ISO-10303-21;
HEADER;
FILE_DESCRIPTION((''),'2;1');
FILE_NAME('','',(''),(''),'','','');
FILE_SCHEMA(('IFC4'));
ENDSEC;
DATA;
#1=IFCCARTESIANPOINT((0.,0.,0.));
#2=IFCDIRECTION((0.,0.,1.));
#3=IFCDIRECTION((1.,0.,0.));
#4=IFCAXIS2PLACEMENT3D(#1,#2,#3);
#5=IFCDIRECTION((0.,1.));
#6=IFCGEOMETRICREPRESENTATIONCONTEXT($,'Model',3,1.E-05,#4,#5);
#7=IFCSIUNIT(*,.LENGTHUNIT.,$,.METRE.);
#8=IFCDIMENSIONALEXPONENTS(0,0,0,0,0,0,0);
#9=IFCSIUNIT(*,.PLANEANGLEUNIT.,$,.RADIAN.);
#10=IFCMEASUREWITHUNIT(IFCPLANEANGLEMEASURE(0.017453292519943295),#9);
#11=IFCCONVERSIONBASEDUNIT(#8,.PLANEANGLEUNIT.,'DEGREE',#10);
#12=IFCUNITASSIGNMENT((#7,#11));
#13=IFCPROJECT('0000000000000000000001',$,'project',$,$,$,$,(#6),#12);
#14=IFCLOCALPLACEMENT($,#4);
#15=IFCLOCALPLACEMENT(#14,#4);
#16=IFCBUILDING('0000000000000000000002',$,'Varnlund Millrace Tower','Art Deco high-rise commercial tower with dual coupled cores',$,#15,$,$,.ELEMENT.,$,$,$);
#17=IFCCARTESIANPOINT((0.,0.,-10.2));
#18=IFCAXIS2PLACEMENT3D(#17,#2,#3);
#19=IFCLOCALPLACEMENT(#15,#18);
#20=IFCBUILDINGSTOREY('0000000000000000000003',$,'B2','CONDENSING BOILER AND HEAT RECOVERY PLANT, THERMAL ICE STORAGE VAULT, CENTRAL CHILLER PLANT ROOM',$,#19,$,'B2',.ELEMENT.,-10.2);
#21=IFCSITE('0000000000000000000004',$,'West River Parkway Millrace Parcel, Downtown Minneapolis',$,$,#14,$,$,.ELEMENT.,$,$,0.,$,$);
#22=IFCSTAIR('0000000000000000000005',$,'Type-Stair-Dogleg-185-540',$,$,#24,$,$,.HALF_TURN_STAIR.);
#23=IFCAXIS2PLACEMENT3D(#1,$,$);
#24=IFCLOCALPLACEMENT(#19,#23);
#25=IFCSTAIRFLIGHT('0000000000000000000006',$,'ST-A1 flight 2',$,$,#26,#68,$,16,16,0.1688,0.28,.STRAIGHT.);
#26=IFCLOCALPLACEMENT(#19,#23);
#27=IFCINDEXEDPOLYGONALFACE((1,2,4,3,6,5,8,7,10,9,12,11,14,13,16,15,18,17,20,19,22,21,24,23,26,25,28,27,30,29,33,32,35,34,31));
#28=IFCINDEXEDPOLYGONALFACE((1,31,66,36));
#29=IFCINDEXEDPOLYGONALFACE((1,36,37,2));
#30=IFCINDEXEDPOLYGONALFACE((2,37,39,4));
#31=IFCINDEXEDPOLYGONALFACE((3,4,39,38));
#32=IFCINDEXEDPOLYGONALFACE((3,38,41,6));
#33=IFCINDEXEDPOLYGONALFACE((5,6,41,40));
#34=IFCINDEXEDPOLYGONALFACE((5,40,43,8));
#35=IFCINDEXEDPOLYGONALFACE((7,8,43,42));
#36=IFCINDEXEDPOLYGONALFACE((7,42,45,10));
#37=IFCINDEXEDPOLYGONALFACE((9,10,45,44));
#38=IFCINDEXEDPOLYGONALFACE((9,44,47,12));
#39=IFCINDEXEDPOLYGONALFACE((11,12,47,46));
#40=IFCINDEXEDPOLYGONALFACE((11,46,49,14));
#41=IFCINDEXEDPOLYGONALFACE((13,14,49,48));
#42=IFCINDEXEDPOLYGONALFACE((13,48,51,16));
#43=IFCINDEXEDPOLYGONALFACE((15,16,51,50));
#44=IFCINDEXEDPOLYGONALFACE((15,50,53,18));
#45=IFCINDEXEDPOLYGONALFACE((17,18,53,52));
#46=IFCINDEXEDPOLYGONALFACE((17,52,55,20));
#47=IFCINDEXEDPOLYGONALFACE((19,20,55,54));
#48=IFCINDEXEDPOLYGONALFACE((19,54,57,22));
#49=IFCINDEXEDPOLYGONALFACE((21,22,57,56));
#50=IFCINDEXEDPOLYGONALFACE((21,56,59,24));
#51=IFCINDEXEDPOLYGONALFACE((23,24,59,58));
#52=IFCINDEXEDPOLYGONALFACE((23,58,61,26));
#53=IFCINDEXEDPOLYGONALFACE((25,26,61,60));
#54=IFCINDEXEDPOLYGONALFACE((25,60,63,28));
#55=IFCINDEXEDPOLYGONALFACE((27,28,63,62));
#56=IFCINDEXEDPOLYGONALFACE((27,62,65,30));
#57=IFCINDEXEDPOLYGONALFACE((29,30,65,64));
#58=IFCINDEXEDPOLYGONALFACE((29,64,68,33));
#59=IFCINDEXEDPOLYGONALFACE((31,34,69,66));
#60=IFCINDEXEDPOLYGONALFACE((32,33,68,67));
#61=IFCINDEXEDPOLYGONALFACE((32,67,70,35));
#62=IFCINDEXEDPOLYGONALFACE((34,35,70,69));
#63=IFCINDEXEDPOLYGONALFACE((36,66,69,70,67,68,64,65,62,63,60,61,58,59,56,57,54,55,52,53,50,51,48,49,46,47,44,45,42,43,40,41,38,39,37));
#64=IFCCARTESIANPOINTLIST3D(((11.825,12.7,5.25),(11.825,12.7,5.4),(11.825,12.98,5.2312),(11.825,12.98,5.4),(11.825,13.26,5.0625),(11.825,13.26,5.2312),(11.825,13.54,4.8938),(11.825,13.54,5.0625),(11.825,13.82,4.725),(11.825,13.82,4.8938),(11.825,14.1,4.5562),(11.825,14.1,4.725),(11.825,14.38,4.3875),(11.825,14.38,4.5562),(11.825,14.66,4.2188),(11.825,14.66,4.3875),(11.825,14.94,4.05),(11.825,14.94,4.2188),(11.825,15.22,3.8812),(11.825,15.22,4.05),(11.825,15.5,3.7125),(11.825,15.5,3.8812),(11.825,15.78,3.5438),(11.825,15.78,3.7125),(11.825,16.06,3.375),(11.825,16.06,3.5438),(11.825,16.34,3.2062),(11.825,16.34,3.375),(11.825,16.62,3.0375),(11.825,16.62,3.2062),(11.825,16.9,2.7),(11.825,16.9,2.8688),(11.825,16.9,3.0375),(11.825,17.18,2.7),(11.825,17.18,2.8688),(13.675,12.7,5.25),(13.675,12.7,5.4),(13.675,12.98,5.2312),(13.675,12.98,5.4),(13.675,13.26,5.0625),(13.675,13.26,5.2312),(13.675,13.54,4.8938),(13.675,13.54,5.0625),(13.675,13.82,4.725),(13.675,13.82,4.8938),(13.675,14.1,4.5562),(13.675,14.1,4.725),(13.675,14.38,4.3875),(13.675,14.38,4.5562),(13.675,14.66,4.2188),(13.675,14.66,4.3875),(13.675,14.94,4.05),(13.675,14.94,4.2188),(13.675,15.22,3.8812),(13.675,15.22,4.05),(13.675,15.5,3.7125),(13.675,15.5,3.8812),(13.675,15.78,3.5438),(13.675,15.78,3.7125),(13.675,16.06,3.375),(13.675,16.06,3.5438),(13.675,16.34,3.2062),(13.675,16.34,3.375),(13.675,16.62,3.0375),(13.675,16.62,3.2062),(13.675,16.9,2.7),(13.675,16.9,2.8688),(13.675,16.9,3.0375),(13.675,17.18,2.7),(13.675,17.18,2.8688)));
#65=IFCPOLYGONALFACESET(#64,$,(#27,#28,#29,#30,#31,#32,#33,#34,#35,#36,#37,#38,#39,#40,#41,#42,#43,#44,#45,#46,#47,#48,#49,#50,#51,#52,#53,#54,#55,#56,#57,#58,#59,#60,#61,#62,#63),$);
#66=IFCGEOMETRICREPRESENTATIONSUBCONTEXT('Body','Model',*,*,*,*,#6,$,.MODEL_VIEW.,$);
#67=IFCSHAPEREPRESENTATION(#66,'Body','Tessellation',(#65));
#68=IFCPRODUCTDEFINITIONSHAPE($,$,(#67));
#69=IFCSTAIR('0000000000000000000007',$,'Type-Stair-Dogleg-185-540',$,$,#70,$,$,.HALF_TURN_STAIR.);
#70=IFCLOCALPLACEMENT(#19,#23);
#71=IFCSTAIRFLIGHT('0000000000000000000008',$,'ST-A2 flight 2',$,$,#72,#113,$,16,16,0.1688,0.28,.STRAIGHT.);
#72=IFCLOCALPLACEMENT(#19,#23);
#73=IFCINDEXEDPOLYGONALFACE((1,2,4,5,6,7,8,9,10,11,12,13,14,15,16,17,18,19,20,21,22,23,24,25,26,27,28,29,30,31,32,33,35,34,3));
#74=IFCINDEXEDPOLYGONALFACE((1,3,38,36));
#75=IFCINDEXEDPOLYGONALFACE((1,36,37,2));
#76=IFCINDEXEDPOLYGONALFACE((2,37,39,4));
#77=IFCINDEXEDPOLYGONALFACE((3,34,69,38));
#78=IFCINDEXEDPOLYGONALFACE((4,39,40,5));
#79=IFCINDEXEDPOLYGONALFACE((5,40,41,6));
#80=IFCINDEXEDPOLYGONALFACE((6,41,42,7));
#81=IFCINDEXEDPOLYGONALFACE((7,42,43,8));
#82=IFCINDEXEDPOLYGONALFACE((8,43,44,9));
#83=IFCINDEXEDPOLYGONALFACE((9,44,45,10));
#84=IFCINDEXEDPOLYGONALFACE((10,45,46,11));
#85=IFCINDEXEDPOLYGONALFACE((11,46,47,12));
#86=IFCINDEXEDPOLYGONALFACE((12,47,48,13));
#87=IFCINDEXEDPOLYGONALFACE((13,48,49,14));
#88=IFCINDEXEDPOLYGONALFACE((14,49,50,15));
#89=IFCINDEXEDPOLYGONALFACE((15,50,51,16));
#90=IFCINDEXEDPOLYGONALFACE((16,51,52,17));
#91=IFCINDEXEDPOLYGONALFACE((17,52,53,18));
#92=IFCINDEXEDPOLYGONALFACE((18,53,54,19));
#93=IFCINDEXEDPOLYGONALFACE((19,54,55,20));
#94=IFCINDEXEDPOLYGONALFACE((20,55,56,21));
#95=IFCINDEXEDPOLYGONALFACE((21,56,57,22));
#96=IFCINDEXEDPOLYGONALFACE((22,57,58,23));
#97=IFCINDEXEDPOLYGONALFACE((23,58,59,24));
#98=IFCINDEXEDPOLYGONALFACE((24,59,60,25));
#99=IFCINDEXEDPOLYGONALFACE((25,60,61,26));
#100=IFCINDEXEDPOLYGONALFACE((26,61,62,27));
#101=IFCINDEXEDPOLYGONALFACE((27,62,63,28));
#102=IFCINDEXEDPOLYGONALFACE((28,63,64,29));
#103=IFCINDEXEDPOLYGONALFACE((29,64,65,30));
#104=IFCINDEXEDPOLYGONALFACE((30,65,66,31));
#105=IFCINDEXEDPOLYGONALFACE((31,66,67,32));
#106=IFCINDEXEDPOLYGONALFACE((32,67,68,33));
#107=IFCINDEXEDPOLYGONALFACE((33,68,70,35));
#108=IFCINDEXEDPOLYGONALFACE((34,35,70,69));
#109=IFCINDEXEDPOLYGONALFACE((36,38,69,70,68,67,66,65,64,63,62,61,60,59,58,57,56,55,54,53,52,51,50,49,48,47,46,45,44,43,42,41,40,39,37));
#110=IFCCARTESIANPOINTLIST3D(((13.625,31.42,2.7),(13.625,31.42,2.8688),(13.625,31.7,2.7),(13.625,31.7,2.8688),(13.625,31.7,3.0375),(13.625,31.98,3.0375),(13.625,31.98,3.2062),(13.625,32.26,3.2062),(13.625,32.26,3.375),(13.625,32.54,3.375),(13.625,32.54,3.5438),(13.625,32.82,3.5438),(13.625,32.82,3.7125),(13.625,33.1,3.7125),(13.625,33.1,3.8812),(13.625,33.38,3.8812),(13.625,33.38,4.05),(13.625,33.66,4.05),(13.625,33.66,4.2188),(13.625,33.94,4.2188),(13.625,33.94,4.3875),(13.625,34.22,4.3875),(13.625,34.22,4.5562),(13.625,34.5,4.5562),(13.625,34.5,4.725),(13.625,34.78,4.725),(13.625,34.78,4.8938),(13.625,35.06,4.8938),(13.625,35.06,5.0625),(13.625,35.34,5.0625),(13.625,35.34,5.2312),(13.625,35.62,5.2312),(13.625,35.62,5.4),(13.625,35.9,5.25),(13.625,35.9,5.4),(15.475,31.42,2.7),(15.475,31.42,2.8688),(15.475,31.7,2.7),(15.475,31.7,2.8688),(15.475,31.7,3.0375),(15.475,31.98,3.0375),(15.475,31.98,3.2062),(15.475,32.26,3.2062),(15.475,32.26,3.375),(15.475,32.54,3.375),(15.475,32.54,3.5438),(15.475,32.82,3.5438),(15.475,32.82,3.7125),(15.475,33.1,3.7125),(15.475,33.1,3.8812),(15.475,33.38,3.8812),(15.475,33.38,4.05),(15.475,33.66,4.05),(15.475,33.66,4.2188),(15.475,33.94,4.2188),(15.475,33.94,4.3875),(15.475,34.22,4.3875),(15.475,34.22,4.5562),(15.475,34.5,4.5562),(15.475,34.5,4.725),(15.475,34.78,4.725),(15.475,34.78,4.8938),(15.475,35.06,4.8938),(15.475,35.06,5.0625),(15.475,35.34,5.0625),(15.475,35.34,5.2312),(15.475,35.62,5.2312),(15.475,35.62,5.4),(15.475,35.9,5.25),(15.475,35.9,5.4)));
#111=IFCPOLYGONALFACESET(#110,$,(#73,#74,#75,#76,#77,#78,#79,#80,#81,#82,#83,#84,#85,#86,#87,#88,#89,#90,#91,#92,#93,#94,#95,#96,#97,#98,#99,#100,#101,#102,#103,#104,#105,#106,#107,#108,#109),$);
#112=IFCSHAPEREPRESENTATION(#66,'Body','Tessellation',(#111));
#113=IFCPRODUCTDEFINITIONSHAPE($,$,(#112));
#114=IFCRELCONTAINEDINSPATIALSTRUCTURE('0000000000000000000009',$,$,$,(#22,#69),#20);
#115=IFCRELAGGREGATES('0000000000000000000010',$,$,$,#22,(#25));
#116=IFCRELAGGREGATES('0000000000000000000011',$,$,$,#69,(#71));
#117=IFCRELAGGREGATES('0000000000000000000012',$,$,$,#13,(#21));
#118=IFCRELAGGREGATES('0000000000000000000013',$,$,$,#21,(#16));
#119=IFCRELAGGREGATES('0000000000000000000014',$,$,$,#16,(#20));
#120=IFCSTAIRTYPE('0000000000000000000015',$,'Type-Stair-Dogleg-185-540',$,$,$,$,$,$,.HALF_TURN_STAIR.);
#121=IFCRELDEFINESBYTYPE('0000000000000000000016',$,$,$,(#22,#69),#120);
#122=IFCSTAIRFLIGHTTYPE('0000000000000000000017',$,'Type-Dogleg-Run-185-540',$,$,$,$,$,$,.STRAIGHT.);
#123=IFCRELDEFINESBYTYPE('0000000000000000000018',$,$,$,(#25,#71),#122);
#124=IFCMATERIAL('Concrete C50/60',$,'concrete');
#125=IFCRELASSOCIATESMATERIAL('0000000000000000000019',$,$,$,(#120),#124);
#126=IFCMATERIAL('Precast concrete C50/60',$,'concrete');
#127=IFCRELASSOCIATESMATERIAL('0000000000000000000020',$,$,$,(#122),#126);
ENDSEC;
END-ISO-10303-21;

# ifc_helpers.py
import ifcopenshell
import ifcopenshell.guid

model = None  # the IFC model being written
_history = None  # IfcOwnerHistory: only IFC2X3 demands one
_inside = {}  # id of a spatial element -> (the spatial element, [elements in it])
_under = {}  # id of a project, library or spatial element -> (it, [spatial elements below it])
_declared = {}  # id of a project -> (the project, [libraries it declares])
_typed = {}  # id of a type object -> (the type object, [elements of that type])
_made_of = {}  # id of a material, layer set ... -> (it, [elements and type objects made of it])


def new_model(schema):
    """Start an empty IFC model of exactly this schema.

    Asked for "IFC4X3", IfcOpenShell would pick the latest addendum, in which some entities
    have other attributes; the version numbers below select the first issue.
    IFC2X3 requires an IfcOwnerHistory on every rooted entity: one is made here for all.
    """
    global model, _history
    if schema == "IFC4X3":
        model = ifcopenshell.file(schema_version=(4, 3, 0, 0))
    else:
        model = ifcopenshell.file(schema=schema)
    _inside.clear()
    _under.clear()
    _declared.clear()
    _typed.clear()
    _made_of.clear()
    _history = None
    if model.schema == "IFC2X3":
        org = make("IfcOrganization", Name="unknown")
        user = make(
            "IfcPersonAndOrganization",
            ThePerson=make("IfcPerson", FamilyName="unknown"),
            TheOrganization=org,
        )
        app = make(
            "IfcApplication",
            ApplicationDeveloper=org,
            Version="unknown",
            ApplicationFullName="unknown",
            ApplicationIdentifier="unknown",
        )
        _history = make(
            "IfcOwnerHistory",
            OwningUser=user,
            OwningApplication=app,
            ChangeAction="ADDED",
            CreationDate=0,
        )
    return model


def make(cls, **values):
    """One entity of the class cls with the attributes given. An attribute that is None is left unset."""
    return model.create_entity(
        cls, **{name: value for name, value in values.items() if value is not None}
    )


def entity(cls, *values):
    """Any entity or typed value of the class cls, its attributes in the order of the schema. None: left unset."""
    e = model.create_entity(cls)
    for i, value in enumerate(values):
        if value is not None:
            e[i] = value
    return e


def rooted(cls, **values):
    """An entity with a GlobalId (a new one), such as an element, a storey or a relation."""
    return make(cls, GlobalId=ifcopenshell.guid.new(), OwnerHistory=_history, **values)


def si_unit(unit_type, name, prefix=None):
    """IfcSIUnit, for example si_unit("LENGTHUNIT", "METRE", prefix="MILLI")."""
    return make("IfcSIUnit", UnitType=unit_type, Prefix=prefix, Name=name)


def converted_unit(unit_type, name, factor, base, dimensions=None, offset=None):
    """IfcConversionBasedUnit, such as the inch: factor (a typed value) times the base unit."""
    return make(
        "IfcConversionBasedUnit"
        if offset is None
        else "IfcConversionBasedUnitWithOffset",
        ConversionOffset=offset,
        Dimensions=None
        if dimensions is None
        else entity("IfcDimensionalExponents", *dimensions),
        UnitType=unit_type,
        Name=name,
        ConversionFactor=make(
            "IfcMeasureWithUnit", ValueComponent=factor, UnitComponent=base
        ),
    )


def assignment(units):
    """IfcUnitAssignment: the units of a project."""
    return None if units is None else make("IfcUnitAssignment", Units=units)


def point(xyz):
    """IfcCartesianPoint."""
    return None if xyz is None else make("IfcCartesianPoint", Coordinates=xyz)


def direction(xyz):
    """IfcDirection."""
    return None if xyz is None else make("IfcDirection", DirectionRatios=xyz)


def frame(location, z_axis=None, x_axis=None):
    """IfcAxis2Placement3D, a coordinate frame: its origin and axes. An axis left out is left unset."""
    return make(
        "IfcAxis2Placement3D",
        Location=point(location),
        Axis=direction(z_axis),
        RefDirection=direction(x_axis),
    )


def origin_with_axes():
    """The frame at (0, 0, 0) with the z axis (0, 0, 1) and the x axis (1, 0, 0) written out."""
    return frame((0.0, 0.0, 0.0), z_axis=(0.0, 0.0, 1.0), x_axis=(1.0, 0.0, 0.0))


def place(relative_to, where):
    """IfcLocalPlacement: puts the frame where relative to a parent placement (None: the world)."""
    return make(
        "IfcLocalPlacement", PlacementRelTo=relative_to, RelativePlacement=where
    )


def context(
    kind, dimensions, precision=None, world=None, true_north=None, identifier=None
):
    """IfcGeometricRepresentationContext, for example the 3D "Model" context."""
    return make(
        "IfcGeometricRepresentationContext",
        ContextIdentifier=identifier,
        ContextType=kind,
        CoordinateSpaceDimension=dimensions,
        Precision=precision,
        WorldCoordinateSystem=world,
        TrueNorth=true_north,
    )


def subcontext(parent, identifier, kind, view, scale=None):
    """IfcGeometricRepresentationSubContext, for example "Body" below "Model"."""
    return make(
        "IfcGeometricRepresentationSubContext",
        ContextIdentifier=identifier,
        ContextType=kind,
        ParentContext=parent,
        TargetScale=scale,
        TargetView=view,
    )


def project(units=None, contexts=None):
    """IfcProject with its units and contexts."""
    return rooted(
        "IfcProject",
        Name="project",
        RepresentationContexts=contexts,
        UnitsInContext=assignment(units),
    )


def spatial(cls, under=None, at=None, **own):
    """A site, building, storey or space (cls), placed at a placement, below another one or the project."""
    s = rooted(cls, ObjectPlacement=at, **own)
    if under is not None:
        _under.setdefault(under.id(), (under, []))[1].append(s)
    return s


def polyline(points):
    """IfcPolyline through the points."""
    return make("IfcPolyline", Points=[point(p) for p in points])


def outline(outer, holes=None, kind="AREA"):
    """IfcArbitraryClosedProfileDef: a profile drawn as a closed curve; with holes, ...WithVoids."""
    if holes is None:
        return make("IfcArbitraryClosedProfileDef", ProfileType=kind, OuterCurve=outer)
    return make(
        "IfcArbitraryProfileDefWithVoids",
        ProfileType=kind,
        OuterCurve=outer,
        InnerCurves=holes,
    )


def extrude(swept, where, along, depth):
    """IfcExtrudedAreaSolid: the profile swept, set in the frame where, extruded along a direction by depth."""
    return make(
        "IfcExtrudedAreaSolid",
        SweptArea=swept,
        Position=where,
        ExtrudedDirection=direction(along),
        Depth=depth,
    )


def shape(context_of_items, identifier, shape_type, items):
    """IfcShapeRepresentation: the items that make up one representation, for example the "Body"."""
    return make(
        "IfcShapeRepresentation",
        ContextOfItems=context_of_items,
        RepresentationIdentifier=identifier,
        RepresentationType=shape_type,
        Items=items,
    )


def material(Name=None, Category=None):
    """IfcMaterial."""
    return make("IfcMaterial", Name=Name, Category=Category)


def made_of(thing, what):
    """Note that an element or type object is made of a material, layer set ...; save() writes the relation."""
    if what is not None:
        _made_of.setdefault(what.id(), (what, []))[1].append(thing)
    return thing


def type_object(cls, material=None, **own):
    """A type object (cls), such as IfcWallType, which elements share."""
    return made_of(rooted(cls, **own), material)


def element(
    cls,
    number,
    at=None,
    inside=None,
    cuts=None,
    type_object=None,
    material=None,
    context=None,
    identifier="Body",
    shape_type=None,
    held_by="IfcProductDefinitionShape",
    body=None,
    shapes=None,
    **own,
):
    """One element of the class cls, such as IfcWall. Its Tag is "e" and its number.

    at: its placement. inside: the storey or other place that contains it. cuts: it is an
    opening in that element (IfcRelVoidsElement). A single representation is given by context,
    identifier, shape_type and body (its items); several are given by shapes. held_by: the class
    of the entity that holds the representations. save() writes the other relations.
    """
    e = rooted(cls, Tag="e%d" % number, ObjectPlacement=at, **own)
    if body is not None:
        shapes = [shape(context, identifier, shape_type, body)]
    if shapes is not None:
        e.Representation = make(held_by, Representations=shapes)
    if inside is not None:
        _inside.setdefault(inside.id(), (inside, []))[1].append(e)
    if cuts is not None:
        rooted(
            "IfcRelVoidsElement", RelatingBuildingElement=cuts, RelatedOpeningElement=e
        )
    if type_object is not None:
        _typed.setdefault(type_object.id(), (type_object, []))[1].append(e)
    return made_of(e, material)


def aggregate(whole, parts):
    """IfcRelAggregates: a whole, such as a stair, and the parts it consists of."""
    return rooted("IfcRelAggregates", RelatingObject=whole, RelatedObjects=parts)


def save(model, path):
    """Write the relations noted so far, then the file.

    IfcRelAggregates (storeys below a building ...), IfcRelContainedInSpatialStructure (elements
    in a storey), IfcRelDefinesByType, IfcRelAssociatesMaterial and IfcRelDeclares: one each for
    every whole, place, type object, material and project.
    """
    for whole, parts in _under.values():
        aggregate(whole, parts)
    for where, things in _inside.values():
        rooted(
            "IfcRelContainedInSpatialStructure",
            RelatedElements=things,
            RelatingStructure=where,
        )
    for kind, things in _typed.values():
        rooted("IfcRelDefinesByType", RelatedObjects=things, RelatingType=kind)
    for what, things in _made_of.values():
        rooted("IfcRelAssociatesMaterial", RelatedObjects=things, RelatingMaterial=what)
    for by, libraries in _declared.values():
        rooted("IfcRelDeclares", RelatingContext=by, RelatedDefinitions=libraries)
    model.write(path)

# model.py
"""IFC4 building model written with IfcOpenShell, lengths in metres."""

from ifc_helpers import new_model, entity, si_unit, converted_unit, direction, frame, origin_with_axes, place, context, subcontext, project, spatial, polyline, outline, extrude, material, type_object, element, aggregate, save


model = new_model("IFC4")

# Units and contexts
model_context = context("Model", 3, precision=1e-05, world=origin_with_axes(), true_north=direction((0.0, 1.0)))
body_context = subcontext(model_context, "Body", "Model", "MODEL_VIEW")
ifc_project = project(units=[si_unit("LENGTHUNIT", "METRE"), converted_unit("PLANEANGLEUNIT", "DEGREE", entity("IfcPlaneAngleMeasure", 0.017453292519943295), si_unit("PLANEANGLEUNIT", "RADIAN"), dimensions=[0, 0, 0, 0, 0, 0, 0])], contexts=[model_context])

# Site, building, storey
site_placement = place(None, origin_with_axes())
site = spatial("IfcSite", under=ifc_project, at=site_placement, Name="West River Parkway Millrace Parcel, Downtown Minneapolis", CompositionType="ELEMENT", RefElevation=0.0)
building_placement = place(site_placement, origin_with_axes())
building = spatial("IfcBuilding", under=site, at=building_placement, Name="Varnlund Millrace Tower", Description="Art Deco high-rise commercial tower with dual coupled cores", CompositionType="ELEMENT")
storey_placement = place(building_placement, frame((0.0, 0.0, -10.2), z_axis=(0.0, 0.0, 1.0), x_axis=(1.0, 0.0, 0.0)))
storey = spatial("IfcBuildingStorey", under=building, at=storey_placement, Name="B2", Description="CONDENSING BOILER AND HEAT RECOVERY PLANT, THERMAL ICE STORAGE VAULT, CENTRAL CHILLER PLANT ROOM", LongName="B2", CompositionType="ELEMENT", Elevation=-10.2)

# Stairs, stair flights
ifc_material_1 = material(Name="Concrete C50/60", Category="concrete")
stair_type = type_object("IfcStairType", Name="Type-Stair-Dogleg-185-540", PredefinedType="HALF_TURN_STAIR", material=ifc_material_1)
stair_1_placement = place(storey_placement, origin_with_axes())
stair_1 = element("IfcStair", 1, at=stair_1_placement, inside=storey, type_object=stair_type, Name="Type-Stair-Dogleg-185-540", PredefinedType="HALF_TURN_STAIR")
ifc_material_2 = material(Name="Precast concrete C50/60", Category="concrete")
stair_flight_type = type_object("IfcStairFlightType", Name="Type-Dogleg-Run-185-540", PredefinedType="STRAIGHT", material=ifc_material_2)
stair_flight_1_placement = place(storey_placement, frame((13.675, 17.18, 2.7), z_axis=(-1.0, 0.0, 0.0), x_axis=(0.0, -1.0, 0.0)))
stair_flight_1 = element("IfcStairFlight", 2, at=stair_flight_1_placement, type_object=stair_flight_type, Name="ST-A1 flight 2", NumberOfRisers=16, NumberOfTreads=16, PredefinedType="STRAIGHT", RiserHeight=0.1688, TreadLength=0.28, context=body_context, shape_type="SweptSolid", body=[
    extrude(outline(polyline([(0.0, 0.0), (0.0, 0.1688), (0.28, 0.1688), (0.28, 0.3375), (0.56, 0.3375), (0.56, 0.5062), (0.84, 0.5062), (0.84, 0.675), (1.12, 0.675), (1.12, 0.8438), (1.4, 0.8438), (1.4, 1.0125), (1.68, 1.0125), (1.68, 1.1812), (1.96, 1.1812), (1.96, 1.35), (2.24, 1.35), (2.24, 1.5188), (2.52, 1.5188), (2.52, 1.6875), (2.8, 1.6875), (2.8, 1.8562), (3.08, 1.8562), (3.08, 2.025), (3.36, 2.025), (3.36, 2.1938), (3.64, 2.1938), (3.64, 2.3625), (3.92, 2.3625), (3.92, 2.5312), (4.2, 2.5312), (4.2, 2.7), (4.48, 2.7), (4.48, 2.55), (0.28, 0.0), (0.0, 0.0)])), origin_with_axes(), (0.0, 0.0, 1.0), 1.85),
])
aggregate(stair_1, [stair_flight_1])
stair_2_placement = place(storey_placement, origin_with_axes())
stair_2 = element("IfcStair", 3, at=stair_2_placement, inside=storey, type_object=stair_type, Name="Type-Stair-Dogleg-185-540", PredefinedType="HALF_TURN_STAIR")
stair_flight_2_placement = place(storey_placement, frame((13.625, 31.42, 2.7), z_axis=(1.0, 0.0, 0.0), x_axis=(0.0, 1.0, 0.0)))
stair_flight_2 = element("IfcStairFlight", 4, at=stair_flight_2_placement, type_object=stair_flight_type, Name="ST-A2 flight 2", NumberOfRisers=16, NumberOfTreads=16, PredefinedType="STRAIGHT", RiserHeight=0.1688, TreadLength=0.28, context=body_context, shape_type="SweptSolid", body=[
    extrude(outline(polyline([(0.0, 0.0), (0.0, 0.1688), (0.28, 0.1688), (0.28, 0.3375), (0.56, 0.3375), (0.56, 0.5062), (0.84, 0.5062), (0.84, 0.675), (1.12, 0.675), (1.12, 0.8438), (1.4, 0.8438), (1.4, 1.0125), (1.68, 1.0125), (1.68, 1.1812), (1.96, 1.1812), (1.96, 1.35), (2.24, 1.35), (2.24, 1.5188), (2.52, 1.5188), (2.52, 1.6875), (2.8, 1.6875), (2.8, 1.8562), (3.08, 1.8562), (3.08, 2.025), (3.36, 2.025), (3.36, 2.1938), (3.64, 2.1938), (3.64, 2.3625), (3.92, 2.3625), (3.92, 2.5312), (4.2, 2.5312), (4.2, 2.7), (4.48, 2.7), (4.48, 2.55), (0.28, 0.0), (0.0, 0.0)])), origin_with_axes(), (0.0, 0.0, 1.0), 1.85),
])
aggregate(stair_2, [stair_flight_2])

save(model, "model.ifc")
